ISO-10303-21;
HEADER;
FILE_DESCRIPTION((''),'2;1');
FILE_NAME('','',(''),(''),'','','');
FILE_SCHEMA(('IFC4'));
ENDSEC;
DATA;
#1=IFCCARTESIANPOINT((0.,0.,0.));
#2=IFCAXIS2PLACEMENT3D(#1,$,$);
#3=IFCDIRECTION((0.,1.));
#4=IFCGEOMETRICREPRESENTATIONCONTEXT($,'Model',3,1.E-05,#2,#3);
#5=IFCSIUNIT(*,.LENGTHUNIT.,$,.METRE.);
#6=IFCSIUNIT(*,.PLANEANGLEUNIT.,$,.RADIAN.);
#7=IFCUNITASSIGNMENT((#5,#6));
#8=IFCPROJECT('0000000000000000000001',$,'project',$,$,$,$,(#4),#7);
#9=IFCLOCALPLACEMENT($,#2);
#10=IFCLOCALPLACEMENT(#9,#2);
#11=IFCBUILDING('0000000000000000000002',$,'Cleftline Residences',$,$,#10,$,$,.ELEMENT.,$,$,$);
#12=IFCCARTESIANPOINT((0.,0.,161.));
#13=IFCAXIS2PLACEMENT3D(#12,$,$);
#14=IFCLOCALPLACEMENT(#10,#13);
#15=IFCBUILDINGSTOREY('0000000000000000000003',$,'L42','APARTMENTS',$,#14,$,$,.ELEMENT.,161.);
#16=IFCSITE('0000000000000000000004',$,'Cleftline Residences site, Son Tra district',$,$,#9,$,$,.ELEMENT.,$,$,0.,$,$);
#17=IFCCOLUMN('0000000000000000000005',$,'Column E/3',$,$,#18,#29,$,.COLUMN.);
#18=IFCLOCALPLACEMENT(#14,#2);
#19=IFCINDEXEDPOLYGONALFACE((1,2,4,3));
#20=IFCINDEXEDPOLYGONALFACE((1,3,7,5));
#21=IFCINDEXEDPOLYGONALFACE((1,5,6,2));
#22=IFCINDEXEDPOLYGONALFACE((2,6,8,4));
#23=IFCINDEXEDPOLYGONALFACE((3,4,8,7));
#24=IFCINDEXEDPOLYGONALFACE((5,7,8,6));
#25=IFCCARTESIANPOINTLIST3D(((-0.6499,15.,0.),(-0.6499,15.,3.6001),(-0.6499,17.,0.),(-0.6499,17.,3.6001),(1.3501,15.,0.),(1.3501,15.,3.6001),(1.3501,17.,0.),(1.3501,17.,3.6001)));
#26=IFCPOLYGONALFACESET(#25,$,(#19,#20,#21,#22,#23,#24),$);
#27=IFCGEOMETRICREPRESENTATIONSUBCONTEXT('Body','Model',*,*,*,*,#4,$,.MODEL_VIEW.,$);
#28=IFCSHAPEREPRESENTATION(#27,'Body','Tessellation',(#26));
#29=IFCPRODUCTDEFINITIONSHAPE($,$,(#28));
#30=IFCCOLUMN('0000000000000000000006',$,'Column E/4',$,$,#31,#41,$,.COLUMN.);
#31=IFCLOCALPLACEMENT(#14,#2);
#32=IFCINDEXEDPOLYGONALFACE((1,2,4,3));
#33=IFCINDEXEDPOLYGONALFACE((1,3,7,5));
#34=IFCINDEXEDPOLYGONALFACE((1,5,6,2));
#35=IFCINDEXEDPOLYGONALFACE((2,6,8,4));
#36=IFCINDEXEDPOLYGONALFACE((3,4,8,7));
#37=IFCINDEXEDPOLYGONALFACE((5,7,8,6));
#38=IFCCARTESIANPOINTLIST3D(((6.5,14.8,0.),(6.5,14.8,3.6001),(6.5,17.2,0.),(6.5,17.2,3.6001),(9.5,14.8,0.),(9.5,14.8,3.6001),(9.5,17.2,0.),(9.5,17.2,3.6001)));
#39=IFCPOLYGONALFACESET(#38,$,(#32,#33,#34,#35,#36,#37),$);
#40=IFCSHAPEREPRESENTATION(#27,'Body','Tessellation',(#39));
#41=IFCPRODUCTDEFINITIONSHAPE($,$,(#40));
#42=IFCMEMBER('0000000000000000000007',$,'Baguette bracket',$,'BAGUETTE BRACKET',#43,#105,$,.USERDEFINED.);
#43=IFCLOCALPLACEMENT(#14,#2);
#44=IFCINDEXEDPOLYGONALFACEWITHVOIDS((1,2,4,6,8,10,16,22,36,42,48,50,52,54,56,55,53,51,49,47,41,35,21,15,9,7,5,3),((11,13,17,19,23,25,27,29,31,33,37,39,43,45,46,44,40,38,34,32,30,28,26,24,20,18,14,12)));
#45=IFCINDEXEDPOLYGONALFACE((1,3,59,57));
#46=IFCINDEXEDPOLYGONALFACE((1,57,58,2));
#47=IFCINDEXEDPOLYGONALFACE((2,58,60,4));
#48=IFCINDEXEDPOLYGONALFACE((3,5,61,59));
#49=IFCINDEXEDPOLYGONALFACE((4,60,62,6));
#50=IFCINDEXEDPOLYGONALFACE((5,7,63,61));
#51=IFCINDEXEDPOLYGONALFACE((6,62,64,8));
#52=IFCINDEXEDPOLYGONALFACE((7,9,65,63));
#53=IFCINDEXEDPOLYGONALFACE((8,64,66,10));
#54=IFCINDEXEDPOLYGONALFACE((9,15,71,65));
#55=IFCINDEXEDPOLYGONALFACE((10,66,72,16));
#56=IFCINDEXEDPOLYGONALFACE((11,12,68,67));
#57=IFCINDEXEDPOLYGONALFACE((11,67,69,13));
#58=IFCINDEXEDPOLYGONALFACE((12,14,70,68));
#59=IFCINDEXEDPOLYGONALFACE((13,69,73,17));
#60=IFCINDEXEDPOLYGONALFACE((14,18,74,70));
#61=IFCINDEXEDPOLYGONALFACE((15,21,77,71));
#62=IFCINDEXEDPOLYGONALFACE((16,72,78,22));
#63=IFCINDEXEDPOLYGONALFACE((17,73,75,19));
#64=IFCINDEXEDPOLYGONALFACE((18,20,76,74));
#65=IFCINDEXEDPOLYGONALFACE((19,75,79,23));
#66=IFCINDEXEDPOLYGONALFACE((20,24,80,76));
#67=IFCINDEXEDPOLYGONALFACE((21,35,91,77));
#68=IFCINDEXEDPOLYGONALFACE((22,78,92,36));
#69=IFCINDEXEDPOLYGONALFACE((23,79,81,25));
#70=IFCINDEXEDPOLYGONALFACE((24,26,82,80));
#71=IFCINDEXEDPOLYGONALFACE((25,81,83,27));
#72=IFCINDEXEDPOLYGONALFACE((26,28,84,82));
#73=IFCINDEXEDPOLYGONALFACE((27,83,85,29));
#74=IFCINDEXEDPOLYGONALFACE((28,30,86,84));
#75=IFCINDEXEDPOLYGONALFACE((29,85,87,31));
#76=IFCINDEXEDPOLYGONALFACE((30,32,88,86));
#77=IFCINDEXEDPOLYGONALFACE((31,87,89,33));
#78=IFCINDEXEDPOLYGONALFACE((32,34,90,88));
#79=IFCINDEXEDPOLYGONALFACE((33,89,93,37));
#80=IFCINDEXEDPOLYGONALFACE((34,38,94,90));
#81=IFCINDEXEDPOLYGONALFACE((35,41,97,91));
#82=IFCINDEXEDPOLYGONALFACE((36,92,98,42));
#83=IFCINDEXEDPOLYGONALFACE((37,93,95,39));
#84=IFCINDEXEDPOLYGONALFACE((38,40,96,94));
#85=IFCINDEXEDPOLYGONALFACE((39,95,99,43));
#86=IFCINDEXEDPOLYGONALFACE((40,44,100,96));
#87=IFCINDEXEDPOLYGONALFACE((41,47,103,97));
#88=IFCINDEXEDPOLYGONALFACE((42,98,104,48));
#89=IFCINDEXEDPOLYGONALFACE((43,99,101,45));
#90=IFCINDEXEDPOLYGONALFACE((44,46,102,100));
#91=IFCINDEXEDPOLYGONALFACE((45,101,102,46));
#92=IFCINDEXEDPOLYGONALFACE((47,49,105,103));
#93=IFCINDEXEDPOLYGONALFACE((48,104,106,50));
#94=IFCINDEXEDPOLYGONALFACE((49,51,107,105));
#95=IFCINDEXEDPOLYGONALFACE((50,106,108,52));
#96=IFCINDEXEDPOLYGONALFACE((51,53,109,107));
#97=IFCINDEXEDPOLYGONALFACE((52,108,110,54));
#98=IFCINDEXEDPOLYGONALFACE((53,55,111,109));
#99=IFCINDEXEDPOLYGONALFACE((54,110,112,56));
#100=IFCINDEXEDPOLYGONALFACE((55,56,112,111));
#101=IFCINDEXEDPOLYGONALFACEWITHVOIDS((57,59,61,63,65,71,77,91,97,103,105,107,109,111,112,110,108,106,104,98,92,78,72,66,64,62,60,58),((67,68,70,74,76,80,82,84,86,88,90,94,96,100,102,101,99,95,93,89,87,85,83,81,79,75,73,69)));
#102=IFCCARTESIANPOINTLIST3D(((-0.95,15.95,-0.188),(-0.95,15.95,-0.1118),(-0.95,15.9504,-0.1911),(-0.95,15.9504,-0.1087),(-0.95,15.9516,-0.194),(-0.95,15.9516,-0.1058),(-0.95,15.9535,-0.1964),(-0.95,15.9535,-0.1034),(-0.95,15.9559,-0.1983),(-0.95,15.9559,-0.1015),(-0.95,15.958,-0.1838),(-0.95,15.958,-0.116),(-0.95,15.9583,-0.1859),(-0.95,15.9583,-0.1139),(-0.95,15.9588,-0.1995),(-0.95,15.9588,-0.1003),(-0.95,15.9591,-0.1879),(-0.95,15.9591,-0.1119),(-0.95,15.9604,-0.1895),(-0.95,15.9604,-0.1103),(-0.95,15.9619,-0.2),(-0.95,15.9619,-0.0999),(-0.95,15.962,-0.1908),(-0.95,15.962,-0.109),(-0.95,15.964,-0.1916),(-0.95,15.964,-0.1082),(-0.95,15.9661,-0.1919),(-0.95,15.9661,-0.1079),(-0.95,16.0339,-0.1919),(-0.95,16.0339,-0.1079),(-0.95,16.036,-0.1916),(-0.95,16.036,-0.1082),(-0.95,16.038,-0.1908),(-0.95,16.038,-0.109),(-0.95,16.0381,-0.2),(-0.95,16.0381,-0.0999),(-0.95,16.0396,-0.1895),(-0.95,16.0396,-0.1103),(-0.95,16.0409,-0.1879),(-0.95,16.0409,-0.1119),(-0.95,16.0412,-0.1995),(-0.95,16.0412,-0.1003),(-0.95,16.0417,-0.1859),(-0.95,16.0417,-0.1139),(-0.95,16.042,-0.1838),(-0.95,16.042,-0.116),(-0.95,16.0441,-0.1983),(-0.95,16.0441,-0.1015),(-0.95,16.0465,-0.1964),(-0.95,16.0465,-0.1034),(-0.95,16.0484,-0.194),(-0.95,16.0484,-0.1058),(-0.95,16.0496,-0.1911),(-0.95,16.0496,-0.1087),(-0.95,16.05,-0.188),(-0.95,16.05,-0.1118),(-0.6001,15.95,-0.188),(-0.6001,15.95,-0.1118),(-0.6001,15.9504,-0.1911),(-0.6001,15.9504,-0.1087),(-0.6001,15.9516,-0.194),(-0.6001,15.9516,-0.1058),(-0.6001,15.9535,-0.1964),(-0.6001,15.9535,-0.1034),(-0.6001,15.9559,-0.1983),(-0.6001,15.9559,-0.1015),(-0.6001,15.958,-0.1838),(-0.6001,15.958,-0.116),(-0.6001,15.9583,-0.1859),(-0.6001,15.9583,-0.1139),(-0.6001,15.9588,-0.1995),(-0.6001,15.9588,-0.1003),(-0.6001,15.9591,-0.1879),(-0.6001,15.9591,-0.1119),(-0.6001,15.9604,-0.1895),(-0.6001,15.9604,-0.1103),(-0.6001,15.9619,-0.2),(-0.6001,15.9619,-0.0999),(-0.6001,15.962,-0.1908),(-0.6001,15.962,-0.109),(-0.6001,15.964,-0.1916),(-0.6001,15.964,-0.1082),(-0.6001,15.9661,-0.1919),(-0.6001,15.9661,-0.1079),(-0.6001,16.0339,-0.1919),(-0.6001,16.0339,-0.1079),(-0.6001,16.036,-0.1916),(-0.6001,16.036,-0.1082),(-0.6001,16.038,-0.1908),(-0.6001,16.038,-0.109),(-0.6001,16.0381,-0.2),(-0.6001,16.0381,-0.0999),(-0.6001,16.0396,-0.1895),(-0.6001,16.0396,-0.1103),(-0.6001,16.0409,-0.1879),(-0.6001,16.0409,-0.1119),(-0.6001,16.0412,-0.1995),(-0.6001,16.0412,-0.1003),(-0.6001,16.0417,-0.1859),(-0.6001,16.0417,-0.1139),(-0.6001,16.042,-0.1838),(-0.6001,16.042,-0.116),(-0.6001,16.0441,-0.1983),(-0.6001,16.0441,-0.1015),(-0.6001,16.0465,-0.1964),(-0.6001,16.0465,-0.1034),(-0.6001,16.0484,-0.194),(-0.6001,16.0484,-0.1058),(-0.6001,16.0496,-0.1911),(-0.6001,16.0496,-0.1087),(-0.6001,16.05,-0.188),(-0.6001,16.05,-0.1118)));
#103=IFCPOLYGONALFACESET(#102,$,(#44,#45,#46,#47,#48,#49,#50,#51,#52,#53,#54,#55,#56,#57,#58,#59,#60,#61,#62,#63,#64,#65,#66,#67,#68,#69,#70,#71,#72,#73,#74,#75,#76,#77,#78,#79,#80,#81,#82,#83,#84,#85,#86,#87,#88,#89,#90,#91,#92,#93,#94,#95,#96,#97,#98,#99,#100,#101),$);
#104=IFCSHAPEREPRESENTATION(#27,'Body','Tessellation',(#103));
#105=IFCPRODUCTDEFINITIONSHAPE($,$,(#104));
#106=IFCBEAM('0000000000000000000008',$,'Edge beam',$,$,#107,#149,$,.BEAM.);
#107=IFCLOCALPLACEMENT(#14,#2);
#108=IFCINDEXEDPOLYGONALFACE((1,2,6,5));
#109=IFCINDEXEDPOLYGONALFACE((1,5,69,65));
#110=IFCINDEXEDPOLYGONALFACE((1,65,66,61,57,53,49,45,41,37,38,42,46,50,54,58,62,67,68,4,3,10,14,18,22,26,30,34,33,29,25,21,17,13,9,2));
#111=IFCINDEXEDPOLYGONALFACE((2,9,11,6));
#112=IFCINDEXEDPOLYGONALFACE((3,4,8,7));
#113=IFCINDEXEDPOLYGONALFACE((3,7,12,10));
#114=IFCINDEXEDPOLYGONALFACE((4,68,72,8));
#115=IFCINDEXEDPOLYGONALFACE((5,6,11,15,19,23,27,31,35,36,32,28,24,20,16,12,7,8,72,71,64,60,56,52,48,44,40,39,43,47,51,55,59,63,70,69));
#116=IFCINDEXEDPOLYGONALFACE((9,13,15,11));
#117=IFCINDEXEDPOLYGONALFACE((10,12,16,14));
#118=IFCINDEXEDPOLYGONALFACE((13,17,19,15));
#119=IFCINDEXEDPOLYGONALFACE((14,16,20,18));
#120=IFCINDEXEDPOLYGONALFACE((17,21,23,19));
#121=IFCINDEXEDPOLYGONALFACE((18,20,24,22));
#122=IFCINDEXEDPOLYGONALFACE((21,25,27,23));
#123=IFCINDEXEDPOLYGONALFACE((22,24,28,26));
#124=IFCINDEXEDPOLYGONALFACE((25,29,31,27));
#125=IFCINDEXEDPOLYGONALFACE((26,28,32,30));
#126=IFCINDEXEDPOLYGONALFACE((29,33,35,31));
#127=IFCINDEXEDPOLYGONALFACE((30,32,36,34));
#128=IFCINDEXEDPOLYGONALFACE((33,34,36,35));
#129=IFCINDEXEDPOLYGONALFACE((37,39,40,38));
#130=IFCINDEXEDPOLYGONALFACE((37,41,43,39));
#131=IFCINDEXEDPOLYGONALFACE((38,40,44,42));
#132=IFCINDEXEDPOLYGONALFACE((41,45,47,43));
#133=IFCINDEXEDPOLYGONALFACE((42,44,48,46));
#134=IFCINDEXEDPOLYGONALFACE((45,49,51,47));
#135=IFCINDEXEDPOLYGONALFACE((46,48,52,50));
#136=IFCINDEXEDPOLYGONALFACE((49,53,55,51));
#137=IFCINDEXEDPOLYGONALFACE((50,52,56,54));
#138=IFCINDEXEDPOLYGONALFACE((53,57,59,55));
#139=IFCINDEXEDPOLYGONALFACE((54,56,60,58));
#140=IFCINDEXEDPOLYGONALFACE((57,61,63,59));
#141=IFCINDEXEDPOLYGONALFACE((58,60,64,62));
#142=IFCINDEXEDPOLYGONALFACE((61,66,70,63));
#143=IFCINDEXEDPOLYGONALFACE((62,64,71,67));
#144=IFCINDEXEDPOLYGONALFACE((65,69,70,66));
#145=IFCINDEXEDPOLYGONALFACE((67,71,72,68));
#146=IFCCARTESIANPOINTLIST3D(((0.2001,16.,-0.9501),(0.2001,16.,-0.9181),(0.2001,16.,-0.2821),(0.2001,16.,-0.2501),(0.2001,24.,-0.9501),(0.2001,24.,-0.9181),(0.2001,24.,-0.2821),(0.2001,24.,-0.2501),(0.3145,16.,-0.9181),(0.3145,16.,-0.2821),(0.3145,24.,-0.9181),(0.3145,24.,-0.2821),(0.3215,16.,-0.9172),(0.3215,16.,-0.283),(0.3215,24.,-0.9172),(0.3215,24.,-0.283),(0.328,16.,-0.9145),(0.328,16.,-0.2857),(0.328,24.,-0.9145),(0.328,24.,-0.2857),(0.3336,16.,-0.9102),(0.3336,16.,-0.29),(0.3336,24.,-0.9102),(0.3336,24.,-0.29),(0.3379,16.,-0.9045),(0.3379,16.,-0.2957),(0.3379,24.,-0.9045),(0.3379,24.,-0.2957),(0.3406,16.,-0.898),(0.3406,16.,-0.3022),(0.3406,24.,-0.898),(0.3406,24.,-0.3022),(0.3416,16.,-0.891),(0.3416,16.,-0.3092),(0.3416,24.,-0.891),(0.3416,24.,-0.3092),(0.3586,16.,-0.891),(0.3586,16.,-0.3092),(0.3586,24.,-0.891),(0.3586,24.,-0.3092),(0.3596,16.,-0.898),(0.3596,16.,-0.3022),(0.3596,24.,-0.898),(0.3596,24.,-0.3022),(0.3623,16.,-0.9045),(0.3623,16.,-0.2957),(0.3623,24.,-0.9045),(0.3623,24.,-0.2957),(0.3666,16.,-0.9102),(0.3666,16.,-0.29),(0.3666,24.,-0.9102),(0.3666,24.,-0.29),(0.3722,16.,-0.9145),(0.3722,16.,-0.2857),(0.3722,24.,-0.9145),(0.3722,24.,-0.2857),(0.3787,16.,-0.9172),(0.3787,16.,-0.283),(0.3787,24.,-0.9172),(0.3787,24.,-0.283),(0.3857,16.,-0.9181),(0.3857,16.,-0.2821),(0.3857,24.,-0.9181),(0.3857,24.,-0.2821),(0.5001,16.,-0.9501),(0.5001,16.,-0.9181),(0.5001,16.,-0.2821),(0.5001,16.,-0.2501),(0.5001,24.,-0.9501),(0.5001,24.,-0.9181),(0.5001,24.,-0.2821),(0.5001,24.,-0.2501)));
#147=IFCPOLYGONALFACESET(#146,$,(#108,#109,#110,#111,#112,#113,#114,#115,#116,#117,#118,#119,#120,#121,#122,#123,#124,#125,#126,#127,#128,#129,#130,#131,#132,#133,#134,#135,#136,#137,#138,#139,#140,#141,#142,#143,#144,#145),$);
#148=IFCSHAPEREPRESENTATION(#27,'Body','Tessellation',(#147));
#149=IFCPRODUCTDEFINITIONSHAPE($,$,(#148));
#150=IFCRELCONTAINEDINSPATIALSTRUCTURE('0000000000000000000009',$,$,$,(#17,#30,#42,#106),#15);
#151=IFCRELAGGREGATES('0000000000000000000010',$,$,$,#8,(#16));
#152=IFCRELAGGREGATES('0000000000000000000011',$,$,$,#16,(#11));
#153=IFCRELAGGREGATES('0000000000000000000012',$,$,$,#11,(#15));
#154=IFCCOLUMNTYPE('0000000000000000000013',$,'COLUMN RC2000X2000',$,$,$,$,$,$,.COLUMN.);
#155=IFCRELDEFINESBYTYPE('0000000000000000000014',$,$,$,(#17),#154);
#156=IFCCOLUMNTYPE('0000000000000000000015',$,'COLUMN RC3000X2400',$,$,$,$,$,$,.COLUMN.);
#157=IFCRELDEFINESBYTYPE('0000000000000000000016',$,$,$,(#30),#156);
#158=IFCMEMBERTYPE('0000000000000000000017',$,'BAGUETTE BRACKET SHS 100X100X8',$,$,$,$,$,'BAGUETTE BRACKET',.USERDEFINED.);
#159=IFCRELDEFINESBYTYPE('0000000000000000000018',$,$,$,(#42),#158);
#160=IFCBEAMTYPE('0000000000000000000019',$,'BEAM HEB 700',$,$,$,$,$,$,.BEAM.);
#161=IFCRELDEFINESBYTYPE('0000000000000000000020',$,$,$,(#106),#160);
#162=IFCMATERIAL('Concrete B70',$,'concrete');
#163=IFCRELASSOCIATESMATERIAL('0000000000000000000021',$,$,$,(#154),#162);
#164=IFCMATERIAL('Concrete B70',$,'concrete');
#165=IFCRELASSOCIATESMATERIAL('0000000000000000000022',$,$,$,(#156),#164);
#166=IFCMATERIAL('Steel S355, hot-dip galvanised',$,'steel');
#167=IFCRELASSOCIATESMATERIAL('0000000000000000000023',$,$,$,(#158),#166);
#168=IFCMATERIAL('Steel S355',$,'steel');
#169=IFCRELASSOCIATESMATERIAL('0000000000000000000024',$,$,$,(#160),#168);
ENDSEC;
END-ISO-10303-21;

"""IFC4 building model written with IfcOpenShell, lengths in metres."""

from ifc_helpers import new_model, si_unit, direction, frame, origin, origin_2d, place, context, subcontext, project, spatial, rectangle, hollow_rectangle, i_section, extrude, material, material_profile, profile_set, type_object, element, save


model = new_model("IFC4")

# Units and contexts
model_context = context("Model", 3, precision=1e-05, world=origin(), true_north=direction((0.0, 1.0)))
body_context = subcontext(model_context, "Body", "Model", "MODEL_VIEW")
ifc_project = project(units=[si_unit("LENGTHUNIT", "METRE"), si_unit("PLANEANGLEUNIT", "RADIAN")], contexts=[model_context])

# Site, building, storey
site_placement = place(None, origin())
site = spatial("IfcSite", under=ifc_project, at=site_placement, Name="Cleftline Residences site, Son Tra district", CompositionType="ELEMENT", RefElevation=0.0)
building_placement = place(site_placement, origin())
building = spatial("IfcBuilding", under=site, at=building_placement, Name="Cleftline Residences", CompositionType="ELEMENT")
storey_placement = place(building_placement, frame((0.0, 0.0, 161.0)))
storey = spatial("IfcBuildingStorey", under=building, at=storey_placement, Name="L42", Description="APARTMENTS", CompositionType="ELEMENT", Elevation=161.0)

# Columns
ifc_material_1 = material(Name="Concrete B70", Category="concrete")
ifc_material_profile_1 = material_profile(ifc_material_1, rectangle(XDim=2.0, YDim=2.0, at=origin_2d()))
ifc_profile_set_1 = profile_set([ifc_material_profile_1], Name="Concrete B70")
column_type_1 = type_object("IfcColumnType", Name="COLUMN RC2000X2000", PredefinedType="COLUMN", material=ifc_profile_set_1)
column_1_placement = place(storey_placement, frame((0.3501, 16.0, 0.0), z_axis=(0.0, 0.0, 1.0), x_axis=(1.0, 0.0, 0.0)))
element("IfcColumn", 1, at=column_1_placement, inside=storey, type_object=column_type_1, Name="Column E/3", PredefinedType="COLUMN", context=body_context, shape_type="SweptSolid", body=[
    extrude(rectangle(XDim=2.0, YDim=2.0, at=origin_2d()), origin(), (0.0, 0.0, 1.0), 3.6001),
])
ifc_material_2 = material(Name="Concrete B70", Category="concrete")
ifc_material_profile_2 = material_profile(ifc_material_2, rectangle(XDim=3.0, YDim=2.3999, at=origin_2d()))
ifc_profile_set_2 = profile_set([ifc_material_profile_2], Name="Concrete B70")
column_type_2 = type_object("IfcColumnType", Name="COLUMN RC3000X2400", PredefinedType="COLUMN", material=ifc_profile_set_2)
column_2_placement = place(storey_placement, frame((8.0, 16.0, 0.0), z_axis=(0.0, 0.0, 1.0), x_axis=(1.0, 0.0, 0.0)))
element("IfcColumn", 2, at=column_2_placement, inside=storey, type_object=column_type_2, Name="Column E/4", PredefinedType="COLUMN", context=body_context, shape_type="SweptSolid", body=[
    extrude(rectangle(XDim=3.0, YDim=2.3999, at=origin_2d()), origin(), (0.0, 0.0, 1.0), 3.6001),
])

# Member
ifc_material_3 = material(Name="Steel S355, hot-dip galvanised", Category="steel")
ifc_material_profile_3 = material_profile(ifc_material_3, hollow_rectangle(XDim=0.1001, YDim=0.1001, WallThickness=0.0081, InnerFilletRadius=0.0081, OuterFilletRadius=0.012, at=origin_2d()))
ifc_profile_set_3 = profile_set([ifc_material_profile_3], Name="Steel S355, hot-dip galvanised")
member_type_1 = type_object("IfcMemberType", Name="BAGUETTE BRACKET SHS 100X100X8", ElementType="BAGUETTE BRACKET", PredefinedType="USERDEFINED", material=ifc_profile_set_3)
member_placement = place(storey_placement, frame((-0.6001, 16.0, -0.1499), z_axis=(-1.0, 0.0, 0.0), x_axis=(0.0, -1.0, 0.0)))
element("IfcMember", 3, at=member_placement, inside=storey, type_object=member_type_1, Name="Baguette bracket", ObjectType="BAGUETTE BRACKET", PredefinedType="USERDEFINED", context=body_context, shape_type="SweptSolid", body=[
    extrude(hollow_rectangle(XDim=0.1001, YDim=0.1001, WallThickness=0.0081, InnerFilletRadius=0.0081, OuterFilletRadius=0.012, at=origin_2d()), origin(), (0.0, 0.0, 1.0), 0.3499),
])

# Beam
ifc_material_4 = material(Name="Steel S355", Category="steel")
ifc_material_profile_4 = material_profile(ifc_material_4, i_section(OverallWidth=0.3, OverallDepth=0.7, WebThickness=0.0171, FlangeThickness=0.032, FilletRadius=0.0271, at=origin_2d()))
ifc_profile_set_4 = profile_set([ifc_material_profile_4], Name="Steel S355")
beam_type_1 = type_object("IfcBeamType", Name="BEAM HEB 700", PredefinedType="BEAM", material=ifc_profile_set_4)
beam_1_placement = place(storey_placement, frame((0.3501, 16.0, -0.6001), z_axis=(0.0, 1.0, 0.0), x_axis=(-1.0, 0.0, 0.0)))
element("IfcBeam", 4, at=beam_1_placement, inside=storey, type_object=beam_type_1, Name="Edge beam", PredefinedType="BEAM", context=body_context, shape_type="SweptSolid", body=[
    extrude(i_section(OverallWidth=0.3, OverallDepth=0.7, WebThickness=0.0171, FlangeThickness=0.032, FilletRadius=0.0271, at=origin_2d()), origin(), (0.0, 0.0, 1.0), 8.0),
])

save(model, "model.ifc")
